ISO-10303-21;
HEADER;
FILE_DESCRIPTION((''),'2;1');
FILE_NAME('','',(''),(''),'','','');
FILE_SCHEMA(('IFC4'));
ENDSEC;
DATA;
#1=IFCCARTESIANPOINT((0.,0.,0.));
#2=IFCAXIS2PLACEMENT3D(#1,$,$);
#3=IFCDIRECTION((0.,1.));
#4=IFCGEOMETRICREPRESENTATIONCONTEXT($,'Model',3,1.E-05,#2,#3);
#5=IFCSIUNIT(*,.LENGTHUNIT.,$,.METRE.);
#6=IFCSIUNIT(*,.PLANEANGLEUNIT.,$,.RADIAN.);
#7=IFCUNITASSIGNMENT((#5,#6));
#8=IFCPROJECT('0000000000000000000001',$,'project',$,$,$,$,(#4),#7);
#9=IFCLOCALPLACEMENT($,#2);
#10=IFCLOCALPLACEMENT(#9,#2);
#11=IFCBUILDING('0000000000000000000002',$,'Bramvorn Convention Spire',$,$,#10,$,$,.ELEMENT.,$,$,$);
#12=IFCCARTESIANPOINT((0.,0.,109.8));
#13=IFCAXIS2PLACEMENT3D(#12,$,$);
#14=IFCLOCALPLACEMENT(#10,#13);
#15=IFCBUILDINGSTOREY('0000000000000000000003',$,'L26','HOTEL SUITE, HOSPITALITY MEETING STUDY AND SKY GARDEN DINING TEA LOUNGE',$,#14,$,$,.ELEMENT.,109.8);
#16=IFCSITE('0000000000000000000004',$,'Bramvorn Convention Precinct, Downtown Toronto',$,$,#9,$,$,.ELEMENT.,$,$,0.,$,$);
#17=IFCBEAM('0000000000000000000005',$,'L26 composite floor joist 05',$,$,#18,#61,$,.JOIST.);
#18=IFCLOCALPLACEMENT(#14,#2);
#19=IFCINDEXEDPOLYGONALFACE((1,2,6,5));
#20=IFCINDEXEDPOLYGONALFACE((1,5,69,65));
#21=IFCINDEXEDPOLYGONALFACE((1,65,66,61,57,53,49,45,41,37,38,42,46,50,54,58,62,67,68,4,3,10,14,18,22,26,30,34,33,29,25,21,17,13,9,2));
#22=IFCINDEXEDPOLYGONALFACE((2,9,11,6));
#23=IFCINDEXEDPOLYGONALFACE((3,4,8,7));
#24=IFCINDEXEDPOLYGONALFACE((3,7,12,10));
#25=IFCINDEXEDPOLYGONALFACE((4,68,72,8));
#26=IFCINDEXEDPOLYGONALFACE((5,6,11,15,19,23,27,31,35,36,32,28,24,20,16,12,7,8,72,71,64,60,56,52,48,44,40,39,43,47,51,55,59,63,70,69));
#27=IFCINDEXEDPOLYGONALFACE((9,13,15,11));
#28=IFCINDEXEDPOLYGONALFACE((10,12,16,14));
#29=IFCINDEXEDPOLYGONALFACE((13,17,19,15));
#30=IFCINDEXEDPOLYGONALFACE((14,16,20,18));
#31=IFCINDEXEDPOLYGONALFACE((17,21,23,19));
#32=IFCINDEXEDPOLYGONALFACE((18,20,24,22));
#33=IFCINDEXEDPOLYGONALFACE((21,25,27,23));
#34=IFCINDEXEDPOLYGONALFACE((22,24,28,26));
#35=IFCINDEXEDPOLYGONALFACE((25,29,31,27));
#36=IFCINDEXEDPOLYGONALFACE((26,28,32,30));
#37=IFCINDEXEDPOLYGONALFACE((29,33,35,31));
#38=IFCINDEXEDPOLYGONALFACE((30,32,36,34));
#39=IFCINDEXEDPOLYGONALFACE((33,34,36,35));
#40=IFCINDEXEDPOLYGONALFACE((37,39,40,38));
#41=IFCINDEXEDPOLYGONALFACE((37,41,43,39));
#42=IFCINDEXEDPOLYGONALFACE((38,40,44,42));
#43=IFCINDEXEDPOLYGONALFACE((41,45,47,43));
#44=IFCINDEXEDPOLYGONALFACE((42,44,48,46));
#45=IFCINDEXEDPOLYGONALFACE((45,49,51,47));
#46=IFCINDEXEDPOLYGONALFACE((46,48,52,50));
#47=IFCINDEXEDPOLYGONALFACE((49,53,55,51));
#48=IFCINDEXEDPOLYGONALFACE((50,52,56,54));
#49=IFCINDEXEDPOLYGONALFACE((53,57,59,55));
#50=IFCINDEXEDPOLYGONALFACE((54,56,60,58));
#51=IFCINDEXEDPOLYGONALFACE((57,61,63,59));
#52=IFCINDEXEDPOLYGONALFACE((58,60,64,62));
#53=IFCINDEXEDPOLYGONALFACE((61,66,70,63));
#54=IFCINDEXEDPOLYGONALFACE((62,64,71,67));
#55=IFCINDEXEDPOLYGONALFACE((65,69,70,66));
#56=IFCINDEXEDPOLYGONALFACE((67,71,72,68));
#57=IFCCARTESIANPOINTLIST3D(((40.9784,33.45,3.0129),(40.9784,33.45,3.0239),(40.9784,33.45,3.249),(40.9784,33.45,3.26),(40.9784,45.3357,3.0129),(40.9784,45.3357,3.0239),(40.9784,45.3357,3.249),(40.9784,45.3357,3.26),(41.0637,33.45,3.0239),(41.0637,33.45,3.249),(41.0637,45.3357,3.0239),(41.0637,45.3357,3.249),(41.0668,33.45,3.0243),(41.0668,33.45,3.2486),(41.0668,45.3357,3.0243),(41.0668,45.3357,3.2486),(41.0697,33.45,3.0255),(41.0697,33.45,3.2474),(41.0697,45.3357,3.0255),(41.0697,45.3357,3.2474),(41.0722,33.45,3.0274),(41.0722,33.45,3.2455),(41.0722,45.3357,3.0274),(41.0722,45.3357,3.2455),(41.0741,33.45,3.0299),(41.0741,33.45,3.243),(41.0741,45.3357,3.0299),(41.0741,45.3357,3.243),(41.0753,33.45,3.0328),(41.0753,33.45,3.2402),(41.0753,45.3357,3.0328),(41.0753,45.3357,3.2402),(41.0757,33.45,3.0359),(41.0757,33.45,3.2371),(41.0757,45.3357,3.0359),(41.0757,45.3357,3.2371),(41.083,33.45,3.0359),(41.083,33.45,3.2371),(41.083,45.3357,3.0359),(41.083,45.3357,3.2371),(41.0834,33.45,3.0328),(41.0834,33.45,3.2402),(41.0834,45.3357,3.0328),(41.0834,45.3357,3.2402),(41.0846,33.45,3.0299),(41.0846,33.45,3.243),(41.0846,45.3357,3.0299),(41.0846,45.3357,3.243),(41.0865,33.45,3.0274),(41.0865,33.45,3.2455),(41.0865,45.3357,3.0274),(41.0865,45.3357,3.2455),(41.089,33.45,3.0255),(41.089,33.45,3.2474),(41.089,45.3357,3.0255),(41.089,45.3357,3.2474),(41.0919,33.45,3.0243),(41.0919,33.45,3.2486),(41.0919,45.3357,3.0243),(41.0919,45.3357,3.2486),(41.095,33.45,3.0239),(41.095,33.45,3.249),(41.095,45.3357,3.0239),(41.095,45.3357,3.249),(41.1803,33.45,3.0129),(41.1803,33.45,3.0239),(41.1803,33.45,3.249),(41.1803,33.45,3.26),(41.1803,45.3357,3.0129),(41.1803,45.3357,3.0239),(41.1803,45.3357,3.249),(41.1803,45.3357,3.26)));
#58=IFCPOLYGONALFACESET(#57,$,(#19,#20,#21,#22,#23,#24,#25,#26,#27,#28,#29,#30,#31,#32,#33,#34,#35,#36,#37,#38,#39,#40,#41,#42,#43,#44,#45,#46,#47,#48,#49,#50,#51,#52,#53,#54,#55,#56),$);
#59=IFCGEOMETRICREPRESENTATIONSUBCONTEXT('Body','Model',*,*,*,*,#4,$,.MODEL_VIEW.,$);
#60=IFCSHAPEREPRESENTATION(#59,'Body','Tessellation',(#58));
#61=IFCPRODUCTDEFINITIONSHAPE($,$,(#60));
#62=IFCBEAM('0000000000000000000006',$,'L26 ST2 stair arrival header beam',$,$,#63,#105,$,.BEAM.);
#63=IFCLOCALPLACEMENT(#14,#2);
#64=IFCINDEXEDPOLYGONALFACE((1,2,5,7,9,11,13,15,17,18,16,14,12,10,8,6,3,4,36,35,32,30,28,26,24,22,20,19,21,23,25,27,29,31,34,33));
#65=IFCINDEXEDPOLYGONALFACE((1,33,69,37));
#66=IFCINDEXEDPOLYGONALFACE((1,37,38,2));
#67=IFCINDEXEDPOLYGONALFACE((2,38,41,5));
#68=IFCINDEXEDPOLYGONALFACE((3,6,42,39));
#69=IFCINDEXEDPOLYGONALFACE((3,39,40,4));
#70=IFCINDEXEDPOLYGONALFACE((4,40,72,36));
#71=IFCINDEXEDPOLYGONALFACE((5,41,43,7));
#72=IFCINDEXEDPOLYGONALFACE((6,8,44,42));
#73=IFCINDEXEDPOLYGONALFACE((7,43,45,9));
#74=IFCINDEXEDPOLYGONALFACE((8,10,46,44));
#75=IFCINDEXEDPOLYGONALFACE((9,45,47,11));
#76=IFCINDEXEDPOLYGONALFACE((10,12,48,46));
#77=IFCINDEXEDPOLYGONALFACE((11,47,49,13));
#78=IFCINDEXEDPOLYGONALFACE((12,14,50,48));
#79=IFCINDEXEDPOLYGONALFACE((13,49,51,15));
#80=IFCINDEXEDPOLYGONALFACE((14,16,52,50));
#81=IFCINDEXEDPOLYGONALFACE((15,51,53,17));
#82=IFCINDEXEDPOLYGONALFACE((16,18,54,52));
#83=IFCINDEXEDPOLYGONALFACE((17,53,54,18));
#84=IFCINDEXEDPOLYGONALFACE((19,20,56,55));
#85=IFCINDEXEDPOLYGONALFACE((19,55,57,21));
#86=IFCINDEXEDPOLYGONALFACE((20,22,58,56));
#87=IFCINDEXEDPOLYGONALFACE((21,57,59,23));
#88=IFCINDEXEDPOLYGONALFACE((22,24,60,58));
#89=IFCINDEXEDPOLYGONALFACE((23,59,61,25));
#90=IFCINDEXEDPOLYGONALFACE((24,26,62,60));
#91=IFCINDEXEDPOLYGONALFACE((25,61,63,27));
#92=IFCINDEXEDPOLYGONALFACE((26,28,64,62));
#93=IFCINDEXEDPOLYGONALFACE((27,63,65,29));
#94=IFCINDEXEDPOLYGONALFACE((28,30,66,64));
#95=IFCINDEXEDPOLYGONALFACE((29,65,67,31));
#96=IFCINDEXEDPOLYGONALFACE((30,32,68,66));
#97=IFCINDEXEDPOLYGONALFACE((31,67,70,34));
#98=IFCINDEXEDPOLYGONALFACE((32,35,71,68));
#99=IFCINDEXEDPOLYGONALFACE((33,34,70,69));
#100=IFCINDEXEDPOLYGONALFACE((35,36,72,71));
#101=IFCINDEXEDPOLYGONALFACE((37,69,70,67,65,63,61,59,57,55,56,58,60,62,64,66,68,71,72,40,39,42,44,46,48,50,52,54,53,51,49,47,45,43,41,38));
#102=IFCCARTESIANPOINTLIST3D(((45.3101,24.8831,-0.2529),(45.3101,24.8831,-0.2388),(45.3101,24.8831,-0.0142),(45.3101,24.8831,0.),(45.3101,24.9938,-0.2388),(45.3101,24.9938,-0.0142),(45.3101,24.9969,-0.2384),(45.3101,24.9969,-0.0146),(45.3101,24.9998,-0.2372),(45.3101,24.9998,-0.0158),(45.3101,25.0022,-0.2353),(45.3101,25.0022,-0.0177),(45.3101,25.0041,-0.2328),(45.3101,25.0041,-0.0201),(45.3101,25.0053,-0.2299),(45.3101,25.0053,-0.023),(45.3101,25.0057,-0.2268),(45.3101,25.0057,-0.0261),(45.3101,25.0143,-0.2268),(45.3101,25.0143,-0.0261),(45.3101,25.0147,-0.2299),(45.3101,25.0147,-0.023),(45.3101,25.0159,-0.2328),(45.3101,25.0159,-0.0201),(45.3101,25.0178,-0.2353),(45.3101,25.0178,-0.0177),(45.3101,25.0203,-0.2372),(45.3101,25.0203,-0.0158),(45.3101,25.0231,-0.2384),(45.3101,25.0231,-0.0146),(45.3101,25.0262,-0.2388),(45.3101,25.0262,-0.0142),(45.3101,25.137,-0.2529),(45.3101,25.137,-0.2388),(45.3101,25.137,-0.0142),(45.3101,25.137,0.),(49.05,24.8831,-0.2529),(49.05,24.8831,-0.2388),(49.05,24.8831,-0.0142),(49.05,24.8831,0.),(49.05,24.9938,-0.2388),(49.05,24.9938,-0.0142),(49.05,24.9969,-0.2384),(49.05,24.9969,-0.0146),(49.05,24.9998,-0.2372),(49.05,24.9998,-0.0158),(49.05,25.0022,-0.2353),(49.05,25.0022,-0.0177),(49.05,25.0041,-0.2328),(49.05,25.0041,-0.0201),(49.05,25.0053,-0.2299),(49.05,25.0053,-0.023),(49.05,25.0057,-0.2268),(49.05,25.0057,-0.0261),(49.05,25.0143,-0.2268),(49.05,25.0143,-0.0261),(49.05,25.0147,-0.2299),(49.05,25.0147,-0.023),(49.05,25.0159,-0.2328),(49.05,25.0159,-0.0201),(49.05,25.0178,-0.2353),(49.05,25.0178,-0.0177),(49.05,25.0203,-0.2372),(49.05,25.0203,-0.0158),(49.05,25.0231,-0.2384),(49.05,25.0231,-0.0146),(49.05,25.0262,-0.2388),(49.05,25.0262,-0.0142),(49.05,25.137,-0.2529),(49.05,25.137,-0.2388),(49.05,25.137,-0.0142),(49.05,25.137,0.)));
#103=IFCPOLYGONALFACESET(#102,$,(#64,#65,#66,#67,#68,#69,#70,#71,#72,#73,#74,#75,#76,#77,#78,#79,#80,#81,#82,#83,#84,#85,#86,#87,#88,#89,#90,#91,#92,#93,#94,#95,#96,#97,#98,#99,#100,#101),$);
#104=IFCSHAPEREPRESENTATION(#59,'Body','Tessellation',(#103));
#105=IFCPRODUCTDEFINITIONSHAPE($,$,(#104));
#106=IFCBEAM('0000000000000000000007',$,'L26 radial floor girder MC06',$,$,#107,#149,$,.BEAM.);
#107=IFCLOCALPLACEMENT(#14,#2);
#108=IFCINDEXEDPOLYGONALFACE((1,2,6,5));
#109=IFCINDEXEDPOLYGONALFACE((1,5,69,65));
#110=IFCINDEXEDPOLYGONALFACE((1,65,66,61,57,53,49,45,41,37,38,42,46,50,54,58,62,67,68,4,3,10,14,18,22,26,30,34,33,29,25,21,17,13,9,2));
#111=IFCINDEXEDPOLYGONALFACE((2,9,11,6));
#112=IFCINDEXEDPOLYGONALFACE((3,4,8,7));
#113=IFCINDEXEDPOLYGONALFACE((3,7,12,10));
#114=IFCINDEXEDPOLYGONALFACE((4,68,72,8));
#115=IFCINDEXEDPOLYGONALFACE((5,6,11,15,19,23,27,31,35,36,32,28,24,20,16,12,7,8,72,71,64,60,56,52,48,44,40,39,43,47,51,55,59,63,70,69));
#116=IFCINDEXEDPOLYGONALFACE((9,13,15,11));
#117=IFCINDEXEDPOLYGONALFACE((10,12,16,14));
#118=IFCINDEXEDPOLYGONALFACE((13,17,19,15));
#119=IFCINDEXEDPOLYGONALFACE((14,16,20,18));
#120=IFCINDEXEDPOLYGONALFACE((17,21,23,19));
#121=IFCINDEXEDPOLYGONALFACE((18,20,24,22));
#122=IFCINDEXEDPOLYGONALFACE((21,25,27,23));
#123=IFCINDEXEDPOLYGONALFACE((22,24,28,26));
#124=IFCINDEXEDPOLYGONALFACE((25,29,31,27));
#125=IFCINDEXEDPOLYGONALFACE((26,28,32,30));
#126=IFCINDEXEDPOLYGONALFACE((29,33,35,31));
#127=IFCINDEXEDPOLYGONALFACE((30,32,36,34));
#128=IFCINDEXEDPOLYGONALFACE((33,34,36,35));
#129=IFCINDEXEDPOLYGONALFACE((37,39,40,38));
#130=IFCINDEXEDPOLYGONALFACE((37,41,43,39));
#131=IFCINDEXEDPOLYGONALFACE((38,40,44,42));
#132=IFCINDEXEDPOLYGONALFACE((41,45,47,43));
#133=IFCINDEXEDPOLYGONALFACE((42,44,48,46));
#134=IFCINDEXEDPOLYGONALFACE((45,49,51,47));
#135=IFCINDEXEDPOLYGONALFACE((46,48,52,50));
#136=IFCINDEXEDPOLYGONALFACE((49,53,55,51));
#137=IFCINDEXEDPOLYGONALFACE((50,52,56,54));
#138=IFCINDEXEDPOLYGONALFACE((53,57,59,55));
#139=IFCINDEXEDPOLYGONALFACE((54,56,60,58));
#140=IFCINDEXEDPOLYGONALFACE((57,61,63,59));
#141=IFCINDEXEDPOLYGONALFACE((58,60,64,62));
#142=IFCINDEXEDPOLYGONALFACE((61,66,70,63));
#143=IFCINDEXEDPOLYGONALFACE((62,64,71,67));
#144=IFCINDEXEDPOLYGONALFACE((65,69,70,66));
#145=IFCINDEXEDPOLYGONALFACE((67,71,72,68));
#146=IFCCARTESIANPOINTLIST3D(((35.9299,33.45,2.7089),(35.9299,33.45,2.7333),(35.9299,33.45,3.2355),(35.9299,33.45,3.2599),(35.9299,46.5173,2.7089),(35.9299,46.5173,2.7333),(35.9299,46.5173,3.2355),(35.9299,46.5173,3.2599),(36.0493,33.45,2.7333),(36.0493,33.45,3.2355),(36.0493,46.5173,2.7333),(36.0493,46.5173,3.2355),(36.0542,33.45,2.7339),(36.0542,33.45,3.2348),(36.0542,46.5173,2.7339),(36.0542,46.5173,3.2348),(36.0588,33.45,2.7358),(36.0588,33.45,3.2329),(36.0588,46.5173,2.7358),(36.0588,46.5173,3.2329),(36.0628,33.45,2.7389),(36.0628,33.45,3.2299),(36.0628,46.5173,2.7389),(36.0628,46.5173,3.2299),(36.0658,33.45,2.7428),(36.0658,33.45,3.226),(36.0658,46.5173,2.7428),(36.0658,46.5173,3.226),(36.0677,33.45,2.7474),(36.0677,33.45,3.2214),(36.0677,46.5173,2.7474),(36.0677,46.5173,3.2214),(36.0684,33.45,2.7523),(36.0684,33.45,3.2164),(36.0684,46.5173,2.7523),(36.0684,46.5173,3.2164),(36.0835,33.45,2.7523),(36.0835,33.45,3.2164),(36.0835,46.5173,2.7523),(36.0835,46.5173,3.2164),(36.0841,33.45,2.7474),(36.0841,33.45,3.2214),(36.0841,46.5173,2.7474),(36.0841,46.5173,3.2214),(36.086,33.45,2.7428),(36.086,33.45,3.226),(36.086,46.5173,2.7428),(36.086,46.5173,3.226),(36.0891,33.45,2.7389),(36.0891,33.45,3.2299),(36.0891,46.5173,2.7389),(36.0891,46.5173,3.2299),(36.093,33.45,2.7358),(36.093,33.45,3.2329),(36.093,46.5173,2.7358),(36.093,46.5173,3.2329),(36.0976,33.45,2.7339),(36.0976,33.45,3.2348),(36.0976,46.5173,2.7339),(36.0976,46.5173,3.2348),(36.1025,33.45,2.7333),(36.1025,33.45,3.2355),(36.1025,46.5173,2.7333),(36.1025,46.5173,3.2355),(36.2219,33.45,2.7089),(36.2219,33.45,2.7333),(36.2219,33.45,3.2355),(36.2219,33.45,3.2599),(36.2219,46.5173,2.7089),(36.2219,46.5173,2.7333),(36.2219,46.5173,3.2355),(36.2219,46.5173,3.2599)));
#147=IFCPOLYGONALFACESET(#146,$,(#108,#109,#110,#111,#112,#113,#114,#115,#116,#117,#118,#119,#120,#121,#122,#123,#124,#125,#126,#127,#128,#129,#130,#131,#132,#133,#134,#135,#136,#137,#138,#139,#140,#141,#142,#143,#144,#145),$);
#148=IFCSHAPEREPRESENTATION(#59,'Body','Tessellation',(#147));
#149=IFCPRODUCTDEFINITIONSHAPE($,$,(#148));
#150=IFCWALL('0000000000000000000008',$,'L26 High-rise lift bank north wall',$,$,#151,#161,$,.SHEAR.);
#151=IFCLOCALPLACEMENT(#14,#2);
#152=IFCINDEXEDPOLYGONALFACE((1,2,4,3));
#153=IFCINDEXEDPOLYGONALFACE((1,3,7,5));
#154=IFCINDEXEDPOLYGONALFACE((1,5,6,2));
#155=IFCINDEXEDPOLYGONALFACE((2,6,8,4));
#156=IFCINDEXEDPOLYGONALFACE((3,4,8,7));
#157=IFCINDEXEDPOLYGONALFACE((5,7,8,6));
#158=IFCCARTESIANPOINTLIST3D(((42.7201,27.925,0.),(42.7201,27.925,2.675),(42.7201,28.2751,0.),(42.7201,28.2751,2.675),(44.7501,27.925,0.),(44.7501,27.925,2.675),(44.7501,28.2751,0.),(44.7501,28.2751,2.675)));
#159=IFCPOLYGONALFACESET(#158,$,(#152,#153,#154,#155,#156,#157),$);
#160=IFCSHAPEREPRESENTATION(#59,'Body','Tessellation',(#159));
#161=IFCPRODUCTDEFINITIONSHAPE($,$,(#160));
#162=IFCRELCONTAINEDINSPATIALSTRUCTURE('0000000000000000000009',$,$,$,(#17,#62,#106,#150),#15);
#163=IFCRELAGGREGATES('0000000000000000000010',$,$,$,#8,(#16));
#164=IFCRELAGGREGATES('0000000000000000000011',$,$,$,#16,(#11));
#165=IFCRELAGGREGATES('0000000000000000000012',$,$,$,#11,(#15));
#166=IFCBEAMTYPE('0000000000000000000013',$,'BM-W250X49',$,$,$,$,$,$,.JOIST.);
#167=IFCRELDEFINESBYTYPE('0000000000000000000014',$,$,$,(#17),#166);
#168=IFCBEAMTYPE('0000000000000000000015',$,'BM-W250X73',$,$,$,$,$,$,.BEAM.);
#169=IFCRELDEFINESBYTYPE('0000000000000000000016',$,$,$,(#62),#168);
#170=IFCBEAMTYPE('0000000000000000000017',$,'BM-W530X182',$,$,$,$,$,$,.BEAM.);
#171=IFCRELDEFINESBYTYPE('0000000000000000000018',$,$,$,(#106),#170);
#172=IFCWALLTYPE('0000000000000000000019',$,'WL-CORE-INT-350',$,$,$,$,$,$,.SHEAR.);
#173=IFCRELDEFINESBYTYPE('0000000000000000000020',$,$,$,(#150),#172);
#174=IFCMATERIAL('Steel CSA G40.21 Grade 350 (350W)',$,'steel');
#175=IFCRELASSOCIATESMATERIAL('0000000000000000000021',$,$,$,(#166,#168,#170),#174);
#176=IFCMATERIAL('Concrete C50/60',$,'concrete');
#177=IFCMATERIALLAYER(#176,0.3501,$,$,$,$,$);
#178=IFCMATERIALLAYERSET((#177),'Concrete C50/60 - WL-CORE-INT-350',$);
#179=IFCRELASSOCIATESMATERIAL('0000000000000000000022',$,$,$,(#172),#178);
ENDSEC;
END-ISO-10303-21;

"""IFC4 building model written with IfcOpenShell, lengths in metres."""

from ifc_helpers import new_model, si_unit, direction, frame, frame_2d, origin, origin_2d, place, context, subcontext, project, spatial, rectangle, i_section, extrude, material, layer, layer_set, material_profile, profile_set, type_object, element, save


model = new_model("IFC4")

# Units and contexts
model_context = context("Model", 3, precision=1e-05, world=origin(), true_north=direction((0.0, 1.0)))
body_context = subcontext(model_context, "Body", "Model", "MODEL_VIEW")
ifc_project = project(units=[si_unit("LENGTHUNIT", "METRE"), si_unit("PLANEANGLEUNIT", "RADIAN")], contexts=[model_context])

# Site, building, storey
site_placement = place(None, origin())
site = spatial("IfcSite", under=ifc_project, at=site_placement, Name="Bramvorn Convention Precinct, Downtown Toronto", CompositionType="ELEMENT", RefElevation=0.0)
building_placement = place(site_placement, origin())
building = spatial("IfcBuilding", under=site, at=building_placement, Name="Bramvorn Convention Spire", CompositionType="ELEMENT")
storey_placement = place(building_placement, frame((0.0, 0.0, 109.8)))
storey = spatial("IfcBuildingStorey", under=building, at=storey_placement, Name="L26", Description="HOTEL SUITE, HOSPITALITY MEETING STUDY AND SKY GARDEN DINING TEA LOUNGE", CompositionType="ELEMENT", Elevation=109.8)

# Beams
ifc_material_1 = material(Name="Steel CSA G40.21 Grade 350 (350W)", Category="steel")
ifc_material_profile_1 = material_profile(ifc_material_1, i_section(OverallWidth=0.2019, OverallDepth=0.2471, WebThickness=0.0073, FlangeThickness=0.011, FilletRadius=0.012, at=origin_2d()))
ifc_profile_set_1 = profile_set([ifc_material_profile_1], Name="Steel CSA G40.21 Grade 350 (350W) - W250X49")
beam_type_1 = type_object("IfcBeamType", Name="BM-W250X49", PredefinedType="JOIST", material=ifc_profile_set_1)
beam_1_placement = place(storey_placement, frame((41.0793, 33.45, 3.1365), z_axis=(0.0, 1.0, 0.0), x_axis=(-1.0, 0.0, 0.0)))
element("IfcBeam", 1, at=beam_1_placement, inside=storey, type_object=beam_type_1, Name="L26 composite floor joist 05", PredefinedType="JOIST", context=body_context, shape_type="SweptSolid", body=[
    extrude(i_section(OverallWidth=0.2019, OverallDepth=0.2471, WebThickness=0.0073, FlangeThickness=0.011, FilletRadius=0.012, at=origin_2d()), origin(), (0.0, 0.0, 1.0), 11.8857),
])
ifc_material_profile_2 = material_profile(ifc_material_1, i_section(OverallWidth=0.2539, OverallDepth=0.2529, WebThickness=0.0085, FlangeThickness=0.0142, FilletRadius=0.012, at=origin_2d()))
ifc_profile_set_2 = profile_set([ifc_material_profile_2], Name="Steel CSA G40.21 Grade 350 (350W) - W250X73")
beam_type_2 = type_object("IfcBeamType", Name="BM-W250X73", PredefinedType="BEAM", material=ifc_profile_set_2)
beam_2_placement = place(storey_placement, frame((45.3101, 25.01, -0.1265), z_axis=(1.0, 0.0, 0.0), x_axis=(0.0, 1.0, 0.0)))
element("IfcBeam", 2, at=beam_2_placement, inside=storey, type_object=beam_type_2, Name="L26 ST2 stair arrival header beam", PredefinedType="BEAM", context=body_context, shape_type="SweptSolid", body=[
    extrude(i_section(OverallWidth=0.2539, OverallDepth=0.2529, WebThickness=0.0085, FlangeThickness=0.0142, FilletRadius=0.012, at=origin_2d()), origin(), (0.0, 0.0, 1.0), 3.74),
])
ifc_material_profile_3 = material_profile(ifc_material_1, i_section(OverallWidth=0.292, OverallDepth=0.551, WebThickness=0.0151, FlangeThickness=0.0244, FilletRadius=0.019, at=origin_2d()))
ifc_profile_set_3 = profile_set([ifc_material_profile_3], Name="Steel CSA G40.21 Grade 350 (350W) - W530X182")
beam_type_3 = type_object("IfcBeamType", Name="BM-W530X182", PredefinedType="BEAM", material=ifc_profile_set_3)
beam_3_placement = place(storey_placement, frame((36.0759, 33.45, 2.9844), z_axis=(0.0, 1.0, 0.0), x_axis=(-1.0, 0.0, 0.0)))
element("IfcBeam", 3, at=beam_3_placement, inside=storey, type_object=beam_type_3, Name="L26 radial floor girder MC06", PredefinedType="BEAM", context=body_context, shape_type="SweptSolid", body=[
    extrude(i_section(OverallWidth=0.292, OverallDepth=0.551, WebThickness=0.0151, FlangeThickness=0.0244, FilletRadius=0.019, at=origin_2d()), origin(), (0.0, 0.0, 1.0), 13.0674),
])

# Shared definitions
ifc_material_2 = material(Name="Concrete C50/60", Category="concrete")
ifc_layer_1 = layer(ifc_material_2, 0.3501)
ifc_layer_set_1 = layer_set([ifc_layer_1], Name="Concrete C50/60 - WL-CORE-INT-350")
wall_type_1 = type_object("IfcWallType", Name="WL-CORE-INT-350", PredefinedType="SHEAR", material=ifc_layer_set_1)

# Wall
wall_1_placement = place(storey_placement, frame((42.72, 28.1001, 0.0), z_axis=(0.0, 0.0, 1.0), x_axis=(1.0, 0.0, 0.0)))
element("IfcWall", 4, at=wall_1_placement, inside=storey, type_object=wall_type_1, Name="L26 High-rise lift bank north wall", PredefinedType="SHEAR", context=body_context, shape_type="SweptSolid", body=[
    extrude(rectangle(XDim=2.03, YDim=0.3501, at=frame_2d((1.0151, 0.0))), origin(), (0.0, 0.0, 1.0), 2.675),
])

save(model, "model.ifc")
